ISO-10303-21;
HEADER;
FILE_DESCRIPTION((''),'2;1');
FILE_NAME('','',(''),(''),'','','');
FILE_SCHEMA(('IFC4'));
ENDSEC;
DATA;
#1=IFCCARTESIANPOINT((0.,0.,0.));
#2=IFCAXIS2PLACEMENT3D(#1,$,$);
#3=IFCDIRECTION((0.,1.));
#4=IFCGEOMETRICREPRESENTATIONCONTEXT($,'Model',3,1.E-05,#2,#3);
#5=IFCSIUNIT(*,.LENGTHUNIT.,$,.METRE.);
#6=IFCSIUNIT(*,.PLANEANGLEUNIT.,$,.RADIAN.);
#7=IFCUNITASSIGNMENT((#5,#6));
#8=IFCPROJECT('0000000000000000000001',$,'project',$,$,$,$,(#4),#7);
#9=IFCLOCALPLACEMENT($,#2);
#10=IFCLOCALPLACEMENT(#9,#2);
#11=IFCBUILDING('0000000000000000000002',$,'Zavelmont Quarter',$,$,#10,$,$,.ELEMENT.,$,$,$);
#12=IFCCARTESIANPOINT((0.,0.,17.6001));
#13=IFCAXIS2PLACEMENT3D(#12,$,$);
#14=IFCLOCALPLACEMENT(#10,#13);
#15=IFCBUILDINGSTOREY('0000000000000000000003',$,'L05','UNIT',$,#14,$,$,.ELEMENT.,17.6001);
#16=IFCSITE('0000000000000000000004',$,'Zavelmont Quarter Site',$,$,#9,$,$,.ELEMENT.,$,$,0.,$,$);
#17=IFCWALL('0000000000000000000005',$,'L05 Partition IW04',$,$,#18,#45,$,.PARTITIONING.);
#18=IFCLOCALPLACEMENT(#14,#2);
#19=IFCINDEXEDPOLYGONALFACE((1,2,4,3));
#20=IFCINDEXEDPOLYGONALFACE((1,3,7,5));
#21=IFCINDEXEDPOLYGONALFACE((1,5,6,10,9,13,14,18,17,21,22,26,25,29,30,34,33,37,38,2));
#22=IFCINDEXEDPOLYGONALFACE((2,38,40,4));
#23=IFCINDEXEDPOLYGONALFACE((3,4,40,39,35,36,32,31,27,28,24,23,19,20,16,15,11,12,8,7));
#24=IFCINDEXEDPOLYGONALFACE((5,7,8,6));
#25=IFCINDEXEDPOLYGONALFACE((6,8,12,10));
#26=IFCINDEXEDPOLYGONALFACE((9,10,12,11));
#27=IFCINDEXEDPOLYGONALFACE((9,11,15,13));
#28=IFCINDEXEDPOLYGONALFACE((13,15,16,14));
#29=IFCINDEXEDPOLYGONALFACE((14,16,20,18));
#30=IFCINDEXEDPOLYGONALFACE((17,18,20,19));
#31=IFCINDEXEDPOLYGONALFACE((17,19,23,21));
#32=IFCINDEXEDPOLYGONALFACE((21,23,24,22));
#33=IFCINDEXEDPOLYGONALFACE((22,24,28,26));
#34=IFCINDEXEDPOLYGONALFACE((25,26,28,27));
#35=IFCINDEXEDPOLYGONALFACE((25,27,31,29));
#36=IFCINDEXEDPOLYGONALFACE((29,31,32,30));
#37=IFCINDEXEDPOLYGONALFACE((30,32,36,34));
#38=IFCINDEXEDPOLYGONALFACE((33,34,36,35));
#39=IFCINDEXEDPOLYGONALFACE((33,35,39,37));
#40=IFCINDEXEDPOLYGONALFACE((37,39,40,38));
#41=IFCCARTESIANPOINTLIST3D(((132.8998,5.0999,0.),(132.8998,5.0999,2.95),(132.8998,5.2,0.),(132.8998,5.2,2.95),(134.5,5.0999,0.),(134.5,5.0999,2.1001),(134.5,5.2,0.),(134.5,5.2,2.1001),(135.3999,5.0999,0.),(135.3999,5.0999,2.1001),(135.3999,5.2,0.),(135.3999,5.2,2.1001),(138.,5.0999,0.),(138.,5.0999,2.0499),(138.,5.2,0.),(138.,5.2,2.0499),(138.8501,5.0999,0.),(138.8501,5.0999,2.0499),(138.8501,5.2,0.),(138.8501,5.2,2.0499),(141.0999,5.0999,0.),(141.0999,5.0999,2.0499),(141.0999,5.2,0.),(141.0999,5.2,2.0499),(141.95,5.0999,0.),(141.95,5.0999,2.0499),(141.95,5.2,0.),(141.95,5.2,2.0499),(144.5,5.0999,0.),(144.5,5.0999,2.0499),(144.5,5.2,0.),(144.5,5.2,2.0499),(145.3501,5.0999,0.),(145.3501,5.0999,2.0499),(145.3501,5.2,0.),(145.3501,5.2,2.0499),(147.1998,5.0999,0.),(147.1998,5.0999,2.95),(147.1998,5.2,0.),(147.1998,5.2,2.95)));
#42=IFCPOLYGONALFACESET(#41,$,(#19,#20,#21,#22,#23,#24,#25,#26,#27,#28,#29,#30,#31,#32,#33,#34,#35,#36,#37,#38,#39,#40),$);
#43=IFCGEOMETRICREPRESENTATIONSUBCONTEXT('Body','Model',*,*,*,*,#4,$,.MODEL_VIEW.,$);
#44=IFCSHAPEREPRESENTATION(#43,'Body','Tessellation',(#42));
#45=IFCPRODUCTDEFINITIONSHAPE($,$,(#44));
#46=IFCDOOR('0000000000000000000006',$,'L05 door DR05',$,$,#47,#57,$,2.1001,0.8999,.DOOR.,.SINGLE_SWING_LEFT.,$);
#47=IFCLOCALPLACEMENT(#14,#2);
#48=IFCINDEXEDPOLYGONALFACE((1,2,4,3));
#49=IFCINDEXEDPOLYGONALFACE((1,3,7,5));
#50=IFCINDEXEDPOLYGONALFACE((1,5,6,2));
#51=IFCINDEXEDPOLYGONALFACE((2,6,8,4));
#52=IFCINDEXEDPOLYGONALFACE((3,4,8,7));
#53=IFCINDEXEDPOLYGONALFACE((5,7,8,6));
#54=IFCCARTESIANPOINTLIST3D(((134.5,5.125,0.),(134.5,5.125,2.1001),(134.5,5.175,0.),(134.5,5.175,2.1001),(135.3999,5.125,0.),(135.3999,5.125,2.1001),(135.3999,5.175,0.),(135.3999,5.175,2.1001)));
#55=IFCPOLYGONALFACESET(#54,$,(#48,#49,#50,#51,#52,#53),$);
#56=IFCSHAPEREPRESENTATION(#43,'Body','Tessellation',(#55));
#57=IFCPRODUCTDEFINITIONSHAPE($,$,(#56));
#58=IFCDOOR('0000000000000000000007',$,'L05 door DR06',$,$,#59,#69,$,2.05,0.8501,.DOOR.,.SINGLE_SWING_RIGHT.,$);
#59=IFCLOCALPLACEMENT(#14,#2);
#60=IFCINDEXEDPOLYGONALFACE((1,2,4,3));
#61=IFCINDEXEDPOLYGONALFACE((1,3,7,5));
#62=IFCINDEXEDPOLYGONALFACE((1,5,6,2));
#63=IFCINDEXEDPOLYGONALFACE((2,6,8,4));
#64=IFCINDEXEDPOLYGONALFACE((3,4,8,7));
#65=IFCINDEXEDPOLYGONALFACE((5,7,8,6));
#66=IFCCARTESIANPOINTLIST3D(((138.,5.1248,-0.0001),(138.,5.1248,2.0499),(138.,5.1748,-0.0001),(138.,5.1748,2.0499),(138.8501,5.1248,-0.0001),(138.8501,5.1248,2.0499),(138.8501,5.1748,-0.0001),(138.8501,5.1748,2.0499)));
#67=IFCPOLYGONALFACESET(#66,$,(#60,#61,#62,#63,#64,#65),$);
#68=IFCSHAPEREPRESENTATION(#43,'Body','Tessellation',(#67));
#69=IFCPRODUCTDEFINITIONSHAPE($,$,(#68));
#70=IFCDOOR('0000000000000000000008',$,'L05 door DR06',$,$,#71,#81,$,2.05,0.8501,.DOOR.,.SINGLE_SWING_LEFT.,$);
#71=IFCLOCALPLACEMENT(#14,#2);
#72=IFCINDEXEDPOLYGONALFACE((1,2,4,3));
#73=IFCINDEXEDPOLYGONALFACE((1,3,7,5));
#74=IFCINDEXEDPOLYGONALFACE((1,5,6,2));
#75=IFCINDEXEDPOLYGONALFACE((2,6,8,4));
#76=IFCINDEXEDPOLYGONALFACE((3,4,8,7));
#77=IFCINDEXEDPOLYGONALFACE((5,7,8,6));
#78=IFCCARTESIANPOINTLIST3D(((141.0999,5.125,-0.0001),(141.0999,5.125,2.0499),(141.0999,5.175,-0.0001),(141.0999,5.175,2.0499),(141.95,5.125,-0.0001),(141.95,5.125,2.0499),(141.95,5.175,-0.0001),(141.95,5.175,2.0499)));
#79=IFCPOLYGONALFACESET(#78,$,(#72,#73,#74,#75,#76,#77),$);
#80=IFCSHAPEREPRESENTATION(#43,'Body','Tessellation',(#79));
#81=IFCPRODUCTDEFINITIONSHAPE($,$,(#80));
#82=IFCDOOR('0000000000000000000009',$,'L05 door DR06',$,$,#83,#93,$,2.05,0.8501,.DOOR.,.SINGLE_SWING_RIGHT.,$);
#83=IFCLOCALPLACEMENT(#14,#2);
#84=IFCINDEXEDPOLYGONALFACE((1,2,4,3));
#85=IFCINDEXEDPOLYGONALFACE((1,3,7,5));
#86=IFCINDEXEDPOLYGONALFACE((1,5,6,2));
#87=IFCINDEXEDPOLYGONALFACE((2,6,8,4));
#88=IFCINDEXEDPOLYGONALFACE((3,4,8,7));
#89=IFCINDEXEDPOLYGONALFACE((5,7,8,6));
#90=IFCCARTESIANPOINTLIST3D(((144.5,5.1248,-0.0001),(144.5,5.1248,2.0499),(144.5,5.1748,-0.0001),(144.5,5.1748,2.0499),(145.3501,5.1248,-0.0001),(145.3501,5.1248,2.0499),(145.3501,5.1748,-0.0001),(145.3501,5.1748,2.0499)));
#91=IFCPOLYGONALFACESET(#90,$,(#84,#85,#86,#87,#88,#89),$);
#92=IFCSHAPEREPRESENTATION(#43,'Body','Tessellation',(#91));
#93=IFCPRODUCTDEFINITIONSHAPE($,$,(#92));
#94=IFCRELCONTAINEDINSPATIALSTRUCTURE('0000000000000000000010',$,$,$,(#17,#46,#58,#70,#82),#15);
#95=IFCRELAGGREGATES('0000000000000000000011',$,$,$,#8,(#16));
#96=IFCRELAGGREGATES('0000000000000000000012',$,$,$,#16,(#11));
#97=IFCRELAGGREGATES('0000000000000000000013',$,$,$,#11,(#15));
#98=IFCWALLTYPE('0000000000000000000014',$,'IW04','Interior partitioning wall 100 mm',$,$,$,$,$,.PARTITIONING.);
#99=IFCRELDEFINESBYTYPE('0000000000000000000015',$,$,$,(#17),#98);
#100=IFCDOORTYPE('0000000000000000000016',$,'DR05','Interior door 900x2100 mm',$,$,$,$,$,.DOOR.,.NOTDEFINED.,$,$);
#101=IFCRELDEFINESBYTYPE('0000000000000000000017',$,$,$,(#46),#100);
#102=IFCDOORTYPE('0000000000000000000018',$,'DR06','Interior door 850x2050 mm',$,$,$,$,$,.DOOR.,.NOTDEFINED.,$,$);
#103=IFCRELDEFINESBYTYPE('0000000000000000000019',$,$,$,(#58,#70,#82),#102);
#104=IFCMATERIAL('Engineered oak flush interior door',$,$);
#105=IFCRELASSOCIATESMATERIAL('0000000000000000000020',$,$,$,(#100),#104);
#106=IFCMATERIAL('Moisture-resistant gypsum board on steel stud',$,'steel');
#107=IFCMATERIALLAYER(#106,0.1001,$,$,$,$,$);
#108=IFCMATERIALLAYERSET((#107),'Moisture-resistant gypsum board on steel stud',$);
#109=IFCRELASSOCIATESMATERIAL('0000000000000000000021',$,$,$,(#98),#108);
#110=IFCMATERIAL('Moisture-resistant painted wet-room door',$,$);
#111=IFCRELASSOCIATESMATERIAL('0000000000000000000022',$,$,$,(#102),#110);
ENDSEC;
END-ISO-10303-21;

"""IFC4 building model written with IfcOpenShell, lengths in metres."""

from ifc_helpers import new_model, si_unit, direction, frame, frame_2d, origin, origin_with_axes, place, context, subcontext, project, spatial, rectangle, extrude, material, layer, layer_set, type_object, element, fill, save


model = new_model("IFC4")

# Units and contexts
model_context = context("Model", 3, precision=1e-05, world=origin(), true_north=direction((0.0, 1.0)))
body_context = subcontext(model_context, "Body", "Model", "MODEL_VIEW")
ifc_project = project(units=[si_unit("LENGTHUNIT", "METRE"), si_unit("PLANEANGLEUNIT", "RADIAN")], contexts=[model_context])

# Site, building, storey
site_placement = place(None, origin())
site = spatial("IfcSite", under=ifc_project, at=site_placement, Name="Zavelmont Quarter Site", CompositionType="ELEMENT", RefElevation=0.0)
building_placement = place(site_placement, origin())
building = spatial("IfcBuilding", under=site, at=building_placement, Name="Zavelmont Quarter", CompositionType="ELEMENT")
storey_placement = place(building_placement, frame((0.0, 0.0, 17.6001)))
storey = spatial("IfcBuildingStorey", under=building, at=storey_placement, Name="L05", Description="UNIT", CompositionType="ELEMENT", Elevation=17.6001)

# Shared definitions
ifc_material_1 = material(Name="Engineered oak flush interior door")
door_type_1 = type_object("IfcDoorType", Name="DR05", Description="Interior door 900x2100 mm", OperationType="NOTDEFINED", PredefinedType="DOOR", material=ifc_material_1)

# Shared definitions
ifc_material_2 = material(Name="Moisture-resistant gypsum board on steel stud", Category="steel")
ifc_layer_1 = layer(ifc_material_2, 0.1001)
ifc_layer_set_1 = layer_set([ifc_layer_1], Name="Moisture-resistant gypsum board on steel stud")
wall_type_1 = type_object("IfcWallType", Name="IW04", Description="Interior partitioning wall 100 mm", PredefinedType="PARTITIONING", material=ifc_layer_set_1)

# Wall, openings, doors
wall_1_placement = place(storey_placement, frame((132.8999, 5.1499, 0.0), z_axis=(0.0, 0.0, 1.0), x_axis=(1.0, 0.0, 0.0)))
wall_1 = element("IfcWall", 1, at=wall_1_placement, inside=storey, type_object=wall_type_1, Name="L05 Partition IW04", PredefinedType="PARTITIONING", context=body_context, shape_type="SweptSolid", body=[
    extrude(rectangle(XDim=14.3, YDim=0.1001, at=frame_2d((7.1499, 0.0))), origin(), (0.0, 0.0, 1.0), 2.95),
])
opening_1_placement = place(wall_1_placement, frame((1.6001, 0.0, 0.0)))
opening_1 = element("IfcOpeningElement", 2, at=opening_1_placement, cuts=wall_1, PredefinedType="OPENING", context=body_context, shape_type="SweptSolid", body=[
    extrude(rectangle(XDim=0.8999, YDim=2.1001, at=frame_2d((0.45, 1.05))), frame((0.0, 0.062, 0.0), z_axis=(0.0, -1.0, 0.0), x_axis=(1.0, 0.0, 0.0)), (0.0, 0.0, 1.0), 0.124),
])
opening_2_placement = place(wall_1_placement, frame((5.1001, 0.0, 0.0)))
opening_2 = element("IfcOpeningElement", 3, at=opening_2_placement, cuts=wall_1, PredefinedType="OPENING", context=body_context, shape_type="SweptSolid", body=[
    extrude(rectangle(XDim=0.8501, YDim=2.05, at=frame_2d((0.425, 1.0249))), frame((0.0, 0.062, 0.0), z_axis=(0.0, -1.0, 0.0), x_axis=(1.0, 0.0, 0.0)), (0.0, 0.0, 1.0), 0.124),
])
opening_3_placement = place(wall_1_placement, frame((8.2, 0.0, 0.0)))
opening_3 = element("IfcOpeningElement", 4, at=opening_3_placement, cuts=wall_1, PredefinedType="OPENING", context=body_context, shape_type="SweptSolid", body=[
    extrude(rectangle(XDim=0.8501, YDim=2.05, at=frame_2d((0.425, 1.0249))), frame((0.0, 0.062, 0.0), z_axis=(0.0, -1.0, 0.0), x_axis=(1.0, 0.0, 0.0)), (0.0, 0.0, 1.0), 0.124),
])
opening_4_placement = place(wall_1_placement, frame((11.6001, 0.0, 0.0)))
opening_4 = element("IfcOpeningElement", 5, at=opening_4_placement, cuts=wall_1, PredefinedType="OPENING", context=body_context, shape_type="SweptSolid", body=[
    extrude(rectangle(XDim=0.8501, YDim=2.05, at=frame_2d((0.425, 1.0249))), frame((0.0, 0.062, 0.0), z_axis=(0.0, -1.0, 0.0), x_axis=(1.0, 0.0, 0.0)), (0.0, 0.0, 1.0), 0.124),
])
door_1_placement = place(opening_1_placement, frame((0.8999, 0.0, 0.0), z_axis=(0.0, 0.0, 1.0), x_axis=(-1.0, 0.0, 0.0)))
door_1 = element("IfcDoor", 6, at=door_1_placement, inside=storey, type_object=door_type_1, Name="L05 door DR05", OperationType="SINGLE_SWING_LEFT", OverallHeight=2.1001, OverallWidth=0.8999, PredefinedType="DOOR", context=body_context, shape_type="SweptSolid", body=[
    extrude(rectangle(XDim=0.8999, YDim=2.1001, at=frame_2d((0.45, 1.05))), frame((0.0, 0.0249, 0.0), z_axis=(0.0, -1.0, 0.0), x_axis=(1.0, 0.0, 0.0)), (0.0, 0.0, 1.0), 0.05),
])
fill(opening_1, door_1)
ifc_material_3 = material(Name="Moisture-resistant painted wet-room door")
door_type_2 = type_object("IfcDoorType", Name="DR06", Description="Interior door 850x2050 mm", OperationType="NOTDEFINED", PredefinedType="DOOR", material=ifc_material_3)
door_2_placement = place(opening_2_placement, origin_with_axes())
door_2 = element("IfcDoor", 7, at=door_2_placement, inside=storey, type_object=door_type_2, Name="L05 door DR06", OperationType="SINGLE_SWING_RIGHT", OverallHeight=2.05, OverallWidth=0.8501, PredefinedType="DOOR", context=body_context, shape_type="SweptSolid", body=[
    extrude(rectangle(XDim=0.8501, YDim=2.05, at=frame_2d((0.425, 1.0249))), frame((0.0, 0.0249, 0.0), z_axis=(0.0, -1.0, 0.0), x_axis=(1.0, 0.0, 0.0)), (0.0, 0.0, 1.0), 0.05),
])
fill(opening_2, door_2)
door_3_placement = place(opening_3_placement, frame((0.8501, 0.0, 0.0), z_axis=(0.0, 0.0, 1.0), x_axis=(-1.0, 0.0, 0.0)))
door_3 = element("IfcDoor", 8, at=door_3_placement, inside=storey, type_object=door_type_2, Name="L05 door DR06", OperationType="SINGLE_SWING_LEFT", OverallHeight=2.05, OverallWidth=0.8501, PredefinedType="DOOR", context=body_context, shape_type="SweptSolid", body=[
    extrude(rectangle(XDim=0.8501, YDim=2.05, at=frame_2d((0.425, 1.0249))), frame((0.0, 0.0249, 0.0), z_axis=(0.0, -1.0, 0.0), x_axis=(1.0, 0.0, 0.0)), (0.0, 0.0, 1.0), 0.05),
])
fill(opening_3, door_3)
door_4_placement = place(opening_4_placement, origin_with_axes())
door_4 = element("IfcDoor", 9, at=door_4_placement, inside=storey, type_object=door_type_2, Name="L05 door DR06", OperationType="SINGLE_SWING_RIGHT", OverallHeight=2.05, OverallWidth=0.8501, PredefinedType="DOOR", context=body_context, shape_type="SweptSolid", body=[
    extrude(rectangle(XDim=0.8501, YDim=2.05, at=frame_2d((0.425, 1.0249))), frame((0.0, 0.0249, 0.0), z_axis=(0.0, -1.0, 0.0), x_axis=(1.0, 0.0, 0.0)), (0.0, 0.0, 1.0), 0.05),
])
fill(opening_4, door_4)

save(model, "model.ifc")
